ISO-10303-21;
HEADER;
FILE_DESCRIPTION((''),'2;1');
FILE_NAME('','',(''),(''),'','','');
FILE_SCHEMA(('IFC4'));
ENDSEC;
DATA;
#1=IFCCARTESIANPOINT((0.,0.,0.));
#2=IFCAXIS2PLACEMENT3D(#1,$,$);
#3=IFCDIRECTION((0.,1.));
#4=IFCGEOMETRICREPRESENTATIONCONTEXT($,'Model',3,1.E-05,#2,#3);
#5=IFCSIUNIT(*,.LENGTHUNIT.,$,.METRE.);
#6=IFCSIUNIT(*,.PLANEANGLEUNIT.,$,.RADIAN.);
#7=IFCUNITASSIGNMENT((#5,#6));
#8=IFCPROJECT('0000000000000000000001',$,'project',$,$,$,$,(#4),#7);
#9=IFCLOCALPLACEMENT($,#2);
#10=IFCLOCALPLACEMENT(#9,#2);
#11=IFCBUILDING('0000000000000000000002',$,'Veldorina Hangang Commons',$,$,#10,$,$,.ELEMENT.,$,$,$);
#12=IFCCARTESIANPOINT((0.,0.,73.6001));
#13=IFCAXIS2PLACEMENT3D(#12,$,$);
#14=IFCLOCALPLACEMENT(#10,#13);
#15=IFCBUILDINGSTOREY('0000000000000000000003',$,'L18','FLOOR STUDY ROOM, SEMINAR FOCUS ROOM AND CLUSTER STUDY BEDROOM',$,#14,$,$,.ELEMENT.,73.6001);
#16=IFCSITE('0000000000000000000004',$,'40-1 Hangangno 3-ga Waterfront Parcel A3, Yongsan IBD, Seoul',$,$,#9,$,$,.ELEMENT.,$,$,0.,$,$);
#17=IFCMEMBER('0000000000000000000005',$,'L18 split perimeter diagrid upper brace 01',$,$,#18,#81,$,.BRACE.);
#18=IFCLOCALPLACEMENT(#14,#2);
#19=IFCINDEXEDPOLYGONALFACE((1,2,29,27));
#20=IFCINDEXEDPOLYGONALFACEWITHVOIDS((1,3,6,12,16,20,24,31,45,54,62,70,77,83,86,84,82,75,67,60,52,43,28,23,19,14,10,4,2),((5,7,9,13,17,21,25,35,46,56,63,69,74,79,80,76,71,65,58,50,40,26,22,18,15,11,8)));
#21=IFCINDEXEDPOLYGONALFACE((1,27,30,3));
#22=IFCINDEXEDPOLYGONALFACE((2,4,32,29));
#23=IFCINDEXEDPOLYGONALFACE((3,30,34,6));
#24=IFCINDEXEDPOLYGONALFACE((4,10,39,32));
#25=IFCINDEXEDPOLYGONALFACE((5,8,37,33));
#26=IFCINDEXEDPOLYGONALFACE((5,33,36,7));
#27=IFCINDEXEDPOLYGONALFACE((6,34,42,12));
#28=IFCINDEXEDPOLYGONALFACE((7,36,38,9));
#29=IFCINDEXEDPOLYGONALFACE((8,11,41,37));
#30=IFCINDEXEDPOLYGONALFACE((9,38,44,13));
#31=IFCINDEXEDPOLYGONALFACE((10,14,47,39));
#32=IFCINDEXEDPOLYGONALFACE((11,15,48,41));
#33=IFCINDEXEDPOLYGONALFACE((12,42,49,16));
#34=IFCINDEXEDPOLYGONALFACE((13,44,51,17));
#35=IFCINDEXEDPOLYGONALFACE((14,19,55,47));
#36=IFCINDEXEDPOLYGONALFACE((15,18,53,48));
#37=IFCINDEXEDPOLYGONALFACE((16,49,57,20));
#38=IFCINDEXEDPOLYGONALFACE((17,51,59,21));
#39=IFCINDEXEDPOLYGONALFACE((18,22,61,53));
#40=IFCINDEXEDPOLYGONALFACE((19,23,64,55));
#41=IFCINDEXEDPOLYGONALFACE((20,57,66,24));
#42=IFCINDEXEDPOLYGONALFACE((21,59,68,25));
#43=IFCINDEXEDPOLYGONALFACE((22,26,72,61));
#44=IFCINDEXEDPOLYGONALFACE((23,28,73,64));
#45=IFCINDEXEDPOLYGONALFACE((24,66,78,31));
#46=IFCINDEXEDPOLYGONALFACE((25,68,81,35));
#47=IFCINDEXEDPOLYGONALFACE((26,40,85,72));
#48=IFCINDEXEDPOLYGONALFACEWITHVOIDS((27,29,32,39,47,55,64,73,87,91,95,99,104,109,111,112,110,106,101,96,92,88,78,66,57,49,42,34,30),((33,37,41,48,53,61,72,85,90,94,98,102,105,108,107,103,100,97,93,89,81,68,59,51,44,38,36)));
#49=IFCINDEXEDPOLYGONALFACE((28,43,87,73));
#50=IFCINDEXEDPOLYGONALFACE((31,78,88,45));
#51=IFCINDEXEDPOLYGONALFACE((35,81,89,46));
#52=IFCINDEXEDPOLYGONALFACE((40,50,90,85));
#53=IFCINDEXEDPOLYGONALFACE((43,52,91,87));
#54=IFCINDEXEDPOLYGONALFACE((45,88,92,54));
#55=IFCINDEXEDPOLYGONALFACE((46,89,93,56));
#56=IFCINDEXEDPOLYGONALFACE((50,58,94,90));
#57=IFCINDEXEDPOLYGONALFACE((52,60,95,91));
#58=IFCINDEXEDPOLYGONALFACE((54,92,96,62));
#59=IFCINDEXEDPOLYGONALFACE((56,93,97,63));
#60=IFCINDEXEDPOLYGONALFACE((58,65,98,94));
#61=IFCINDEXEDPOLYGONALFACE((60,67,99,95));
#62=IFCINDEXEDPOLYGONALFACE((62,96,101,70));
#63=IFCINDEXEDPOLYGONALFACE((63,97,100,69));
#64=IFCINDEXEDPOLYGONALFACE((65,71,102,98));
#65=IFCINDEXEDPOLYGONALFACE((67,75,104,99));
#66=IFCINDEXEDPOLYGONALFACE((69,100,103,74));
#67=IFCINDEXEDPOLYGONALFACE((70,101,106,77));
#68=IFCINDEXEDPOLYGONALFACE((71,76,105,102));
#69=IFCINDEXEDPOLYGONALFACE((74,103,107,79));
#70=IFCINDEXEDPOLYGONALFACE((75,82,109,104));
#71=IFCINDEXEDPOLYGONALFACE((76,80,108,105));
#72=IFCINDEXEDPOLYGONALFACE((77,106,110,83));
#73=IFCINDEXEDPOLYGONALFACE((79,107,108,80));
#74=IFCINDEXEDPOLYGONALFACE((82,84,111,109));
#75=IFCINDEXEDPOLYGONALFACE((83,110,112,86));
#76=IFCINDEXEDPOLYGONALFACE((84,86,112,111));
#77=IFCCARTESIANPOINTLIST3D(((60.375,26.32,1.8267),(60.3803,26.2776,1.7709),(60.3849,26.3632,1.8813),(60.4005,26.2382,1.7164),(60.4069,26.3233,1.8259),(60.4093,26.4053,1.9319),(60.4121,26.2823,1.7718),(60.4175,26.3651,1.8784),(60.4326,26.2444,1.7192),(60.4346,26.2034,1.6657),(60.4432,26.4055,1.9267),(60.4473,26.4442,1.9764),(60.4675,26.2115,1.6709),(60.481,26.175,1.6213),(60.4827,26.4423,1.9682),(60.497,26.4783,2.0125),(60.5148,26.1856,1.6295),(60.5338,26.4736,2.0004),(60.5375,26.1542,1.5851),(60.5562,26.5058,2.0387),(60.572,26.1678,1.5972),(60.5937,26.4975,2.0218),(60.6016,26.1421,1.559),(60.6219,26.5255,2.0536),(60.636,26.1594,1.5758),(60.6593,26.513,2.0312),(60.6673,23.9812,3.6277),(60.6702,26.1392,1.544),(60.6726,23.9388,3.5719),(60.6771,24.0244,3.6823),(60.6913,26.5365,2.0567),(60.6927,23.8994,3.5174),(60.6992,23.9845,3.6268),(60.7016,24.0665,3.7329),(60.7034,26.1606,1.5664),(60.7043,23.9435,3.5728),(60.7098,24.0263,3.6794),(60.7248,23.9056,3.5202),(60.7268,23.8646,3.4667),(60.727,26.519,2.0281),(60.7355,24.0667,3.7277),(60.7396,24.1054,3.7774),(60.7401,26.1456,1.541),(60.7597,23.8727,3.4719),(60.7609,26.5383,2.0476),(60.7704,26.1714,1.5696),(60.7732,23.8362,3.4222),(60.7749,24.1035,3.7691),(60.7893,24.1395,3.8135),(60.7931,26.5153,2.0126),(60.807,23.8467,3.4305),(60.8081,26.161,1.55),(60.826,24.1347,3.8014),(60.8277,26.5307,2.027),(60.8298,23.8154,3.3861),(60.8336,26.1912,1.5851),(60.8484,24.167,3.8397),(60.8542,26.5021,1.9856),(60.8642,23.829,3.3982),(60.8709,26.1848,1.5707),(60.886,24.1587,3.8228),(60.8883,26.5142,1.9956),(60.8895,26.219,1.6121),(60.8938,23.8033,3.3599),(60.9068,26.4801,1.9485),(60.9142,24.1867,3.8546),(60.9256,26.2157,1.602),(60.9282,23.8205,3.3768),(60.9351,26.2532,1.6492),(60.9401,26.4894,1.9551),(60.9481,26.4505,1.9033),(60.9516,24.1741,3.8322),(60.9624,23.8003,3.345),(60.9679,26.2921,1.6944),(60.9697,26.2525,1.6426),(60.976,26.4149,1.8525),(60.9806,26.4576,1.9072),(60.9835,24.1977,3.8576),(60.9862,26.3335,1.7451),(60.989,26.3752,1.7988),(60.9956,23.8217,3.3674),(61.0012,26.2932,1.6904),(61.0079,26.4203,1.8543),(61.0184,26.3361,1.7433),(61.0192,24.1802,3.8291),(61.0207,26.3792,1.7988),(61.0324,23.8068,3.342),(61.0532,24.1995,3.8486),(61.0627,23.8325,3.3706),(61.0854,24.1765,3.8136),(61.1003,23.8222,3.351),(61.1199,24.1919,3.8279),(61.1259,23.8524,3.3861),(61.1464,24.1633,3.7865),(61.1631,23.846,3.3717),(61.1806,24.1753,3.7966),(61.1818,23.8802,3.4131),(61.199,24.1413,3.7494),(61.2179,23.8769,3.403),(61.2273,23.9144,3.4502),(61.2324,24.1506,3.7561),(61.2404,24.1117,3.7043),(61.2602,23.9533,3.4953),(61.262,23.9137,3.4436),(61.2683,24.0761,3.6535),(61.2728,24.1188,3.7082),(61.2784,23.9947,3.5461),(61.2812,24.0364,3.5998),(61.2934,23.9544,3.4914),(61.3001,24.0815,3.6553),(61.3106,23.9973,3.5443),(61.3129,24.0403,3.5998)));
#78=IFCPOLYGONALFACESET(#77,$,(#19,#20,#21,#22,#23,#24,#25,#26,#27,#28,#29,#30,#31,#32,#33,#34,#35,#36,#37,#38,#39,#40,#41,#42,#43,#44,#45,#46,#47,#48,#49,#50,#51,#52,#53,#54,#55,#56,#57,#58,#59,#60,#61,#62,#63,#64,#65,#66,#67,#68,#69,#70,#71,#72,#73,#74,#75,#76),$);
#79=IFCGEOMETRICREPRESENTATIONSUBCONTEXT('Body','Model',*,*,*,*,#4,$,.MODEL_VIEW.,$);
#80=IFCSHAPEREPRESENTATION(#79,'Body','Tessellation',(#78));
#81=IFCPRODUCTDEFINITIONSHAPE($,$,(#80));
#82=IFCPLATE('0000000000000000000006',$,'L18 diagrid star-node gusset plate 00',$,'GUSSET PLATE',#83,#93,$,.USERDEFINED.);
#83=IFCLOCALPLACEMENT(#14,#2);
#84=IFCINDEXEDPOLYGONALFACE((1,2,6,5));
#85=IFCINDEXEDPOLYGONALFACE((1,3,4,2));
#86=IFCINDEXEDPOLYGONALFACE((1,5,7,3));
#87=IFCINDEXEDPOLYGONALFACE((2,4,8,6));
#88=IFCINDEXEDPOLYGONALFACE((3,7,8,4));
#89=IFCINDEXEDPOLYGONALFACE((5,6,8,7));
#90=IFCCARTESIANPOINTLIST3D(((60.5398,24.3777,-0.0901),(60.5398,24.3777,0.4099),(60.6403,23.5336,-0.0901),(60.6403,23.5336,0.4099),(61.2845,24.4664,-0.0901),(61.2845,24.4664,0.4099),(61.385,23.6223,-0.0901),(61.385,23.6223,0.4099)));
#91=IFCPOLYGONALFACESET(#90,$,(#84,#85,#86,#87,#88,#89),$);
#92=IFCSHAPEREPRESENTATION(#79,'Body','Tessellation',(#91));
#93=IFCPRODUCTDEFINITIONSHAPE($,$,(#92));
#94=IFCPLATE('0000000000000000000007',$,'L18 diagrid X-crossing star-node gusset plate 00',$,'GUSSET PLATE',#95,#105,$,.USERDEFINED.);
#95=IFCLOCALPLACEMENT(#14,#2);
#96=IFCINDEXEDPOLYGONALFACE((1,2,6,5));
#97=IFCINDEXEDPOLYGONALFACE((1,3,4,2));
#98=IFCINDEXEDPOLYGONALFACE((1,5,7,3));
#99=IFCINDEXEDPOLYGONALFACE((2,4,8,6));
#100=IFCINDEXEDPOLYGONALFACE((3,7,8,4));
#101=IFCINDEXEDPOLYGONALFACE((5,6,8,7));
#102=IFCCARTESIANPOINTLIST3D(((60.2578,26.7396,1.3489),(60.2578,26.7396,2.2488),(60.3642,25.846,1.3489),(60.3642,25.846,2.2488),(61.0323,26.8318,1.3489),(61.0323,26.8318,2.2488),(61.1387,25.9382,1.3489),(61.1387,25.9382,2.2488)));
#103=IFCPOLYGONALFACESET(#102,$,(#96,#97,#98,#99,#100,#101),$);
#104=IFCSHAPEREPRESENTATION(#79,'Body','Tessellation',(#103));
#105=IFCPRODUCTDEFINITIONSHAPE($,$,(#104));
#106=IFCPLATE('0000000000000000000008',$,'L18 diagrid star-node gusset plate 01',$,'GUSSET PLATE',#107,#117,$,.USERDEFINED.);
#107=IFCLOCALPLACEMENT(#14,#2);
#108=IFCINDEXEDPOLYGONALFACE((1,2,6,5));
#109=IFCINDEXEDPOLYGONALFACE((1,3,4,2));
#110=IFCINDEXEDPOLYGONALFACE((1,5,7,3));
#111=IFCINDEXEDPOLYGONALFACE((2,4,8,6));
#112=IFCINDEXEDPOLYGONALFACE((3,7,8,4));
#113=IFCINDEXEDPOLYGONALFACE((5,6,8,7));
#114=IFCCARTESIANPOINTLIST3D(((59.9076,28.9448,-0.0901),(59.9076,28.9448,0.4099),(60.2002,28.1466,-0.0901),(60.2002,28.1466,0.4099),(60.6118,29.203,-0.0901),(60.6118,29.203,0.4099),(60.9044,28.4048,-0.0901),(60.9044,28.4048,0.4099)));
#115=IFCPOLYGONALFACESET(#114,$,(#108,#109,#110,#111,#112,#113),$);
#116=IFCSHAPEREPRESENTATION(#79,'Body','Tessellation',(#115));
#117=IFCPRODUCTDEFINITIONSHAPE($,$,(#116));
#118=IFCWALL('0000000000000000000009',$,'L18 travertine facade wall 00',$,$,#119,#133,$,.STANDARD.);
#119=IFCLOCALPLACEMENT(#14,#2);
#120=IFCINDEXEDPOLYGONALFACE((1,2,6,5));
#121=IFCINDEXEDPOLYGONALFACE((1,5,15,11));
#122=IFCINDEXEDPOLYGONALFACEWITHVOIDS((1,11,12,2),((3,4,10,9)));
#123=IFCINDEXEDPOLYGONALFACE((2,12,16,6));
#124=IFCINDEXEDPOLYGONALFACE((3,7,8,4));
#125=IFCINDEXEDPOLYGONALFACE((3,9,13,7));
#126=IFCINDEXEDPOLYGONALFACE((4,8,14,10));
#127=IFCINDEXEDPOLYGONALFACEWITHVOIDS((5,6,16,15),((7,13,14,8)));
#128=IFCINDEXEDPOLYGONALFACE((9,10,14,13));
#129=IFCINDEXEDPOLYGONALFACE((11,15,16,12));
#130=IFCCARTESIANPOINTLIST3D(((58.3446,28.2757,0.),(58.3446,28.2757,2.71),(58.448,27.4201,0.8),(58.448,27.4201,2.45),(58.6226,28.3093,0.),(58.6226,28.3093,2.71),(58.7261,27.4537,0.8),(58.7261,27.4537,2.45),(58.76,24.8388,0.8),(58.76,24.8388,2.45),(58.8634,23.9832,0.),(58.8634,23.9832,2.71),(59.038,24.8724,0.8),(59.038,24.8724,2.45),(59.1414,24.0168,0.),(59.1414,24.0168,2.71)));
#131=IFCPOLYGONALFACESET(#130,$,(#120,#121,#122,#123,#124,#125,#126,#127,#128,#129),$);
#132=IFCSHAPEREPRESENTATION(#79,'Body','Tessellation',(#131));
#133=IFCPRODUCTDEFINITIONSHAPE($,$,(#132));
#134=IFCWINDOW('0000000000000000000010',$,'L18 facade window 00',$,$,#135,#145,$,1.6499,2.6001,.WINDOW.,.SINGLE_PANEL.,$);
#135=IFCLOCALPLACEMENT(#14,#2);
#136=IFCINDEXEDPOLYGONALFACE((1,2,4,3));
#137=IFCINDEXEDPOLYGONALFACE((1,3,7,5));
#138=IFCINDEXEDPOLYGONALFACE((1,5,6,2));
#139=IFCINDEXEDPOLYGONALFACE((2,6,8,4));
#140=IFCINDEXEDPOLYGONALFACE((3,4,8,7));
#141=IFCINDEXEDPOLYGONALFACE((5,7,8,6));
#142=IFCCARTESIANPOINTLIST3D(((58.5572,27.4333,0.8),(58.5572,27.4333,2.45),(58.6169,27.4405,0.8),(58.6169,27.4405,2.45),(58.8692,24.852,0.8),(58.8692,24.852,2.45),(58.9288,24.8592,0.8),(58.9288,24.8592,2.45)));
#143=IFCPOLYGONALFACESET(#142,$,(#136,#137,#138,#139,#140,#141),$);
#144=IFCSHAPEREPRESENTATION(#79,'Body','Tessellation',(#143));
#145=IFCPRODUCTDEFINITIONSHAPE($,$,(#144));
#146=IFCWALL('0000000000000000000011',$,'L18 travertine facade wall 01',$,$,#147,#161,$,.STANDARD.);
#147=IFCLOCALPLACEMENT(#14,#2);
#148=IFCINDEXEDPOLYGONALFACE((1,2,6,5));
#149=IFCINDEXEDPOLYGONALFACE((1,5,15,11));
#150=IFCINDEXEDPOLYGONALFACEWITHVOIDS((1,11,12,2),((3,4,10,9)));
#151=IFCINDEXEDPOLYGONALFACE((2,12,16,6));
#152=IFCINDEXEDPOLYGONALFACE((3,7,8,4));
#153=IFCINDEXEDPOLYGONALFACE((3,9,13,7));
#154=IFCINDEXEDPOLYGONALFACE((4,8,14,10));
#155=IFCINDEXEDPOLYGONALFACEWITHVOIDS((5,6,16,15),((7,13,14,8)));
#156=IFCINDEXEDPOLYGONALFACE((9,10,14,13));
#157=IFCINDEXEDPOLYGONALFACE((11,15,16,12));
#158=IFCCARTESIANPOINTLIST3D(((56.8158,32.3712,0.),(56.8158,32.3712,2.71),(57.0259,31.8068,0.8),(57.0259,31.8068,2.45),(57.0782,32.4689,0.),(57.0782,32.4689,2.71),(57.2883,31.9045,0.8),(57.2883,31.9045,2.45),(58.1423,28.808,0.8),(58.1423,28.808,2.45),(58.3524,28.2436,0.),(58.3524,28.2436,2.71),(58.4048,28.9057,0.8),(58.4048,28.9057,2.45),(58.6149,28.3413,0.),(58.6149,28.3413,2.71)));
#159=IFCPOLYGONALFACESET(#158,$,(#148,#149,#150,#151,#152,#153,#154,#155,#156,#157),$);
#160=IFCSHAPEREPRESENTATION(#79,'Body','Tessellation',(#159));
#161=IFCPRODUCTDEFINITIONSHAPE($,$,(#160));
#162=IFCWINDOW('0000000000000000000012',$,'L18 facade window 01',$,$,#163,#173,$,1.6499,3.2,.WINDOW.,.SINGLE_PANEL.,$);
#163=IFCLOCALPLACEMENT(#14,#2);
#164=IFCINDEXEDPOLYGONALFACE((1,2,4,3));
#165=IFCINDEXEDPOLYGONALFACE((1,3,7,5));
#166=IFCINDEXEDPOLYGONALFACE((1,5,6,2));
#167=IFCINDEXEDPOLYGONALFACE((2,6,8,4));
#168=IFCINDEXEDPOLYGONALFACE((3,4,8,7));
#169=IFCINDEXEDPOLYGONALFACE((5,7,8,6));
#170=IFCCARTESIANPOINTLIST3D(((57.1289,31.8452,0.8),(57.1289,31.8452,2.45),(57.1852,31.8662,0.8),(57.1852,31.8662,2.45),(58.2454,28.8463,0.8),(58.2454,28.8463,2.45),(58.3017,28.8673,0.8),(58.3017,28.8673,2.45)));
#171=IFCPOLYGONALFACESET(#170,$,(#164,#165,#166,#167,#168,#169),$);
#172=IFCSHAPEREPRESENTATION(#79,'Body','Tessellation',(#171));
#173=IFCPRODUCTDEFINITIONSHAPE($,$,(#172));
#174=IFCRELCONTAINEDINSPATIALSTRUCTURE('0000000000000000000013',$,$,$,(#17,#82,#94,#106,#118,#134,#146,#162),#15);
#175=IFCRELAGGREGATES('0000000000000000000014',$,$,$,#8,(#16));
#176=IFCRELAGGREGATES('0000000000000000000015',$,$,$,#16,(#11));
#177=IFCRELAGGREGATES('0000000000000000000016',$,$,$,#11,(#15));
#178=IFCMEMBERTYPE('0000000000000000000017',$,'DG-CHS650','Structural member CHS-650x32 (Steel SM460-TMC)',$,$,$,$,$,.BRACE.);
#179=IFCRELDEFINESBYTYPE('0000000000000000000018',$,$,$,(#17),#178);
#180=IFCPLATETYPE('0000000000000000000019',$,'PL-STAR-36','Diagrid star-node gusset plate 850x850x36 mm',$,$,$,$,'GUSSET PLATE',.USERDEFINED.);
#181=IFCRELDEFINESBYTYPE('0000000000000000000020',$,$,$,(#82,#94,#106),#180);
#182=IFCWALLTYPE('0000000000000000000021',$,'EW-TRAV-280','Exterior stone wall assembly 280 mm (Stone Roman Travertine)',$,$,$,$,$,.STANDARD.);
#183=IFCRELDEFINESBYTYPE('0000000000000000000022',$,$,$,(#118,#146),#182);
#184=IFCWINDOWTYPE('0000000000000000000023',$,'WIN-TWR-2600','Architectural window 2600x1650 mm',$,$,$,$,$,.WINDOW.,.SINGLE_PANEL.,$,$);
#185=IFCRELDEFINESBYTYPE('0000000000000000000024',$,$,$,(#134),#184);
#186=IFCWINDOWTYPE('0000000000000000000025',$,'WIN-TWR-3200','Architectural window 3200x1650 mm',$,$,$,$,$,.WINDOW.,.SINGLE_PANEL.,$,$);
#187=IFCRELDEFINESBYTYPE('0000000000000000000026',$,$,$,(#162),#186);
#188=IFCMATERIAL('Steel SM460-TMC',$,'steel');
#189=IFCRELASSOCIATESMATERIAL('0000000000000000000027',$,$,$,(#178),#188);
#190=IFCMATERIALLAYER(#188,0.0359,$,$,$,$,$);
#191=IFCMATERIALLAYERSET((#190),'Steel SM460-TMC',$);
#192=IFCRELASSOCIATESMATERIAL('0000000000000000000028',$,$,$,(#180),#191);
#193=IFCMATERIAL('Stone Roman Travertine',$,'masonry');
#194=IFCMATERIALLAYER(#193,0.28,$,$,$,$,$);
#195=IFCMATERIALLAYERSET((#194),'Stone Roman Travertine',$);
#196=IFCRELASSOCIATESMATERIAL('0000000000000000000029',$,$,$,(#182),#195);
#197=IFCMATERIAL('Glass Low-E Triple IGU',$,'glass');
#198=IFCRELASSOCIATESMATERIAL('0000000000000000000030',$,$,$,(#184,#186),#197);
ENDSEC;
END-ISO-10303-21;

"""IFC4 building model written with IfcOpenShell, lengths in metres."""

from ifc_helpers import new_model, si_unit, direction, frame, frame_2d, origin, origin_2d, place, context, subcontext, project, spatial, rectangle, hollow_circle, extrude, material, layer, layer_set, material_profile, profile_set, type_object, element, fill, save


model = new_model("IFC4")

# Units and contexts
model_context = context("Model", 3, precision=1e-05, world=origin(), true_north=direction((0.0, 1.0)))
body_context = subcontext(model_context, "Body", "Model", "MODEL_VIEW")
ifc_project = project(units=[si_unit("LENGTHUNIT", "METRE"), si_unit("PLANEANGLEUNIT", "RADIAN")], contexts=[model_context])

# Site, building, storey
site_placement = place(None, origin())
site = spatial("IfcSite", under=ifc_project, at=site_placement, Name="40-1 Hangangno 3-ga Waterfront Parcel A3, Yongsan IBD, Seoul", CompositionType="ELEMENT", RefElevation=0.0)
building_placement = place(site_placement, origin())
building = spatial("IfcBuilding", under=site, at=building_placement, Name="Veldorina Hangang Commons", CompositionType="ELEMENT")
storey_placement = place(building_placement, frame((0.0, 0.0, 73.6001)))
storey = spatial("IfcBuildingStorey", under=building, at=storey_placement, Name="L18", Description="FLOOR STUDY ROOM, SEMINAR FOCUS ROOM AND CLUSTER STUDY BEDROOM", CompositionType="ELEMENT", Elevation=73.6001)

# Member
ifc_material_1 = material(Name="Steel SM460-TMC", Category="steel")
ifc_material_profile_1 = material_profile(ifc_material_1, hollow_circle(Radius=0.325, WallThickness=0.032, at=origin_2d()), Name="CHS-650x32")
ifc_profile_set_1 = profile_set([ifc_material_profile_1], Name="Steel SM460-TMC")
member_type = type_object("IfcMemberType", Name="DG-CHS650", Description="Structural member CHS-650x32 (Steel SM460-TMC)", PredefinedType="BRACE", material=ifc_profile_set_1)
member_1_placement = place(storey_placement, frame((60.6982, 26.3389, 1.7988), z_axis=(0.098516, -0.788459, 0.607146), x_axis=(0.992284, 0.123984, 0.0)))
element("IfcMember", 1, at=member_1_placement, inside=storey, type_object=member_type, Name="L18 split perimeter diagrid upper brace 01", PredefinedType="BRACE", context=body_context, shape_type="SweptSolid", body=[
    extrude(hollow_circle(Radius=0.325, WallThickness=0.032, at=origin_2d()), origin(), (0.0, 0.0, 1.0), 2.9663),
])

# Plates
ifc_layer_1 = layer(ifc_material_1, 0.0359)
ifc_layer_set_1 = layer_set([ifc_layer_1], Name="Steel SM460-TMC")
plate_type = type_object("IfcPlateType", Name="PL-STAR-36", Description="Diagrid star-node gusset plate 850x850x36 mm", ElementType="GUSSET PLATE", PredefinedType="USERDEFINED", material=ifc_layer_set_1)
plate_1_placement = place(storey_placement, frame((60.9624, 24.0, -0.0901), z_axis=(0.0, 0.0, 1.0), x_axis=(-0.118213, 0.992988, 0.0)))
element("IfcPlate", 2, at=plate_1_placement, inside=storey, type_object=plate_type, Name="L18 diagrid star-node gusset plate 00", ObjectType="GUSSET PLATE", PredefinedType="USERDEFINED", context=body_context, shape_type="SweptSolid", body=[
    extrude(rectangle(XDim=0.8501, YDim=0.75, at=origin_2d()), origin(), (0.0, 0.0, 1.0), 0.5),
])
plate_2_placement = place(storey_placement, frame((60.6982, 26.3389, 1.3489), z_axis=(0.0, 0.0, 1.0), x_axis=(-0.118213, 0.992988, 0.0)))
element("IfcPlate", 3, at=plate_2_placement, inside=storey, type_object=plate_type, Name="L18 diagrid X-crossing star-node gusset plate 00", ObjectType="GUSSET PLATE", PredefinedType="USERDEFINED", context=body_context, shape_type="SweptSolid", body=[
    extrude(rectangle(XDim=0.8999, YDim=0.78, at=origin_2d()), origin(), (0.0, 0.0, 1.0), 0.8999),
])
plate_3_placement = place(storey_placement, frame((60.406, 28.6748, -0.0901), z_axis=(0.0, 0.0, 1.0), x_axis=(-0.344233, 0.938884, 0.0)))
element("IfcPlate", 4, at=plate_3_placement, inside=storey, type_object=plate_type, Name="L18 diagrid star-node gusset plate 01", ObjectType="GUSSET PLATE", PredefinedType="USERDEFINED", context=body_context, shape_type="SweptSolid", body=[
    extrude(rectangle(XDim=0.8501, YDim=0.75, at=origin_2d()), origin(), (0.0, 0.0, 1.0), 0.5),
])

# Walls, openings, windows
ifc_material_2 = material(Name="Stone Roman Travertine", Category="masonry")
ifc_layer_2 = layer(ifc_material_2, 0.28)
ifc_layer_set_2 = layer_set([ifc_layer_2], Name="Stone Roman Travertine")
wall_type_1 = type_object("IfcWallType", Name="EW-TRAV-280", Description="Exterior stone wall assembly 280 mm (Stone Roman Travertine)", PredefinedType="STANDARD", material=ifc_layer_set_2)
wall_1_placement = place(storey_placement, frame((59.0024, 24.0, 0.0), z_axis=(0.0, 0.0, 1.0), x_axis=(-0.119989, 0.992775, 0.0)))
wall_1 = element("IfcWall", 5, at=wall_1_placement, inside=storey, type_object=wall_type_1, Name="L18 travertine facade wall 00", PredefinedType="STANDARD", context=body_context, shape_type="SweptSolid", body=[
    extrude(rectangle(XDim=4.3237, YDim=0.28, at=frame_2d((2.1619, 0.0))), origin(), (0.0, 0.0, 1.0), 2.71),
])
opening_1_placement = place(wall_1_placement, frame((0.8618, 0.0, 0.8)))
opening_1 = element("IfcOpeningElement", 6, at=opening_1_placement, cuts=wall_1, PredefinedType="OPENING", context=body_context, shape_type="SweptSolid", body=[
    extrude(rectangle(XDim=2.6001, YDim=1.6499, at=frame_2d((1.3, 0.825))), frame((0.0, 0.1499, 0.0), z_axis=(0.0, -1.0, 0.0), x_axis=(1.0, 0.0, 0.0)), (0.0, 0.0, 1.0), 0.3),
])
ifc_material_3 = material(Name="Glass Low-E Triple IGU", Category="glass")
window_type_1 = type_object("IfcWindowType", Name="WIN-TWR-2600", Description="Architectural window 2600x1650 mm", PartitioningType="SINGLE_PANEL", PredefinedType="WINDOW", material=ifc_material_3)
window_1_placement = place(opening_1_placement, origin())
window_1 = element("IfcWindow", 7, at=window_1_placement, inside=storey, type_object=window_type_1, Name="L18 facade window 00", OverallHeight=1.6499, OverallWidth=2.6001, PartitioningType="SINGLE_PANEL", PredefinedType="WINDOW", context=body_context, shape_type="SweptSolid", body=[
    extrude(rectangle(XDim=2.6001, YDim=1.6499, at=frame_2d((1.3, 0.825))), frame((0.0, 0.03, 0.0), z_axis=(0.0, -1.0, 0.0), x_axis=(1.0, 0.0, 0.0)), (0.0, 0.0, 1.0), 0.0601),
])
fill(opening_1, window_1)
wall_2_placement = place(storey_placement, frame((58.4836, 28.2925, 0.0), z_axis=(0.0, 0.0, 1.0), x_axis=(-0.348899, 0.93716, 0.0)))
wall_2 = element("IfcWall", 8, at=wall_2_placement, inside=storey, type_object=wall_type_1, Name="L18 travertine facade wall 01", PredefinedType="STANDARD", context=body_context, shape_type="SweptSolid", body=[
    extrude(rectangle(XDim=4.4043, YDim=0.28, at=frame_2d((2.2021, 0.0))), origin(), (0.0, 0.0, 1.0), 2.71),
])
opening_2_placement = place(wall_2_placement, frame((0.6021, 0.0, 0.8)))
opening_2 = element("IfcOpeningElement", 9, at=opening_2_placement, cuts=wall_2, PredefinedType="OPENING", context=body_context, shape_type="SweptSolid", body=[
    extrude(rectangle(XDim=3.2, YDim=1.6499, at=frame_2d((1.6001, 0.825))), frame((0.0, 0.1499, 0.0), z_axis=(0.0, -1.0, 0.0), x_axis=(1.0, 0.0, 0.0)), (0.0, 0.0, 1.0), 0.3),
])
window_type_2 = type_object("IfcWindowType", Name="WIN-TWR-3200", Description="Architectural window 3200x1650 mm", PartitioningType="SINGLE_PANEL", PredefinedType="WINDOW", material=ifc_material_3)
window_2_placement = place(opening_2_placement, origin())
window_2 = element("IfcWindow", 10, at=window_2_placement, inside=storey, type_object=window_type_2, Name="L18 facade window 01", OverallHeight=1.6499, OverallWidth=3.2, PartitioningType="SINGLE_PANEL", PredefinedType="WINDOW", context=body_context, shape_type="SweptSolid", body=[
    extrude(rectangle(XDim=3.2, YDim=1.6499, at=frame_2d((1.6001, 0.825))), frame((0.0, 0.03, 0.0), z_axis=(0.0, -1.0, 0.0), x_axis=(1.0, 0.0, 0.0)), (0.0, 0.0, 1.0), 0.0601),
])
fill(opening_2, window_2)

save(model, "model.ifc")
